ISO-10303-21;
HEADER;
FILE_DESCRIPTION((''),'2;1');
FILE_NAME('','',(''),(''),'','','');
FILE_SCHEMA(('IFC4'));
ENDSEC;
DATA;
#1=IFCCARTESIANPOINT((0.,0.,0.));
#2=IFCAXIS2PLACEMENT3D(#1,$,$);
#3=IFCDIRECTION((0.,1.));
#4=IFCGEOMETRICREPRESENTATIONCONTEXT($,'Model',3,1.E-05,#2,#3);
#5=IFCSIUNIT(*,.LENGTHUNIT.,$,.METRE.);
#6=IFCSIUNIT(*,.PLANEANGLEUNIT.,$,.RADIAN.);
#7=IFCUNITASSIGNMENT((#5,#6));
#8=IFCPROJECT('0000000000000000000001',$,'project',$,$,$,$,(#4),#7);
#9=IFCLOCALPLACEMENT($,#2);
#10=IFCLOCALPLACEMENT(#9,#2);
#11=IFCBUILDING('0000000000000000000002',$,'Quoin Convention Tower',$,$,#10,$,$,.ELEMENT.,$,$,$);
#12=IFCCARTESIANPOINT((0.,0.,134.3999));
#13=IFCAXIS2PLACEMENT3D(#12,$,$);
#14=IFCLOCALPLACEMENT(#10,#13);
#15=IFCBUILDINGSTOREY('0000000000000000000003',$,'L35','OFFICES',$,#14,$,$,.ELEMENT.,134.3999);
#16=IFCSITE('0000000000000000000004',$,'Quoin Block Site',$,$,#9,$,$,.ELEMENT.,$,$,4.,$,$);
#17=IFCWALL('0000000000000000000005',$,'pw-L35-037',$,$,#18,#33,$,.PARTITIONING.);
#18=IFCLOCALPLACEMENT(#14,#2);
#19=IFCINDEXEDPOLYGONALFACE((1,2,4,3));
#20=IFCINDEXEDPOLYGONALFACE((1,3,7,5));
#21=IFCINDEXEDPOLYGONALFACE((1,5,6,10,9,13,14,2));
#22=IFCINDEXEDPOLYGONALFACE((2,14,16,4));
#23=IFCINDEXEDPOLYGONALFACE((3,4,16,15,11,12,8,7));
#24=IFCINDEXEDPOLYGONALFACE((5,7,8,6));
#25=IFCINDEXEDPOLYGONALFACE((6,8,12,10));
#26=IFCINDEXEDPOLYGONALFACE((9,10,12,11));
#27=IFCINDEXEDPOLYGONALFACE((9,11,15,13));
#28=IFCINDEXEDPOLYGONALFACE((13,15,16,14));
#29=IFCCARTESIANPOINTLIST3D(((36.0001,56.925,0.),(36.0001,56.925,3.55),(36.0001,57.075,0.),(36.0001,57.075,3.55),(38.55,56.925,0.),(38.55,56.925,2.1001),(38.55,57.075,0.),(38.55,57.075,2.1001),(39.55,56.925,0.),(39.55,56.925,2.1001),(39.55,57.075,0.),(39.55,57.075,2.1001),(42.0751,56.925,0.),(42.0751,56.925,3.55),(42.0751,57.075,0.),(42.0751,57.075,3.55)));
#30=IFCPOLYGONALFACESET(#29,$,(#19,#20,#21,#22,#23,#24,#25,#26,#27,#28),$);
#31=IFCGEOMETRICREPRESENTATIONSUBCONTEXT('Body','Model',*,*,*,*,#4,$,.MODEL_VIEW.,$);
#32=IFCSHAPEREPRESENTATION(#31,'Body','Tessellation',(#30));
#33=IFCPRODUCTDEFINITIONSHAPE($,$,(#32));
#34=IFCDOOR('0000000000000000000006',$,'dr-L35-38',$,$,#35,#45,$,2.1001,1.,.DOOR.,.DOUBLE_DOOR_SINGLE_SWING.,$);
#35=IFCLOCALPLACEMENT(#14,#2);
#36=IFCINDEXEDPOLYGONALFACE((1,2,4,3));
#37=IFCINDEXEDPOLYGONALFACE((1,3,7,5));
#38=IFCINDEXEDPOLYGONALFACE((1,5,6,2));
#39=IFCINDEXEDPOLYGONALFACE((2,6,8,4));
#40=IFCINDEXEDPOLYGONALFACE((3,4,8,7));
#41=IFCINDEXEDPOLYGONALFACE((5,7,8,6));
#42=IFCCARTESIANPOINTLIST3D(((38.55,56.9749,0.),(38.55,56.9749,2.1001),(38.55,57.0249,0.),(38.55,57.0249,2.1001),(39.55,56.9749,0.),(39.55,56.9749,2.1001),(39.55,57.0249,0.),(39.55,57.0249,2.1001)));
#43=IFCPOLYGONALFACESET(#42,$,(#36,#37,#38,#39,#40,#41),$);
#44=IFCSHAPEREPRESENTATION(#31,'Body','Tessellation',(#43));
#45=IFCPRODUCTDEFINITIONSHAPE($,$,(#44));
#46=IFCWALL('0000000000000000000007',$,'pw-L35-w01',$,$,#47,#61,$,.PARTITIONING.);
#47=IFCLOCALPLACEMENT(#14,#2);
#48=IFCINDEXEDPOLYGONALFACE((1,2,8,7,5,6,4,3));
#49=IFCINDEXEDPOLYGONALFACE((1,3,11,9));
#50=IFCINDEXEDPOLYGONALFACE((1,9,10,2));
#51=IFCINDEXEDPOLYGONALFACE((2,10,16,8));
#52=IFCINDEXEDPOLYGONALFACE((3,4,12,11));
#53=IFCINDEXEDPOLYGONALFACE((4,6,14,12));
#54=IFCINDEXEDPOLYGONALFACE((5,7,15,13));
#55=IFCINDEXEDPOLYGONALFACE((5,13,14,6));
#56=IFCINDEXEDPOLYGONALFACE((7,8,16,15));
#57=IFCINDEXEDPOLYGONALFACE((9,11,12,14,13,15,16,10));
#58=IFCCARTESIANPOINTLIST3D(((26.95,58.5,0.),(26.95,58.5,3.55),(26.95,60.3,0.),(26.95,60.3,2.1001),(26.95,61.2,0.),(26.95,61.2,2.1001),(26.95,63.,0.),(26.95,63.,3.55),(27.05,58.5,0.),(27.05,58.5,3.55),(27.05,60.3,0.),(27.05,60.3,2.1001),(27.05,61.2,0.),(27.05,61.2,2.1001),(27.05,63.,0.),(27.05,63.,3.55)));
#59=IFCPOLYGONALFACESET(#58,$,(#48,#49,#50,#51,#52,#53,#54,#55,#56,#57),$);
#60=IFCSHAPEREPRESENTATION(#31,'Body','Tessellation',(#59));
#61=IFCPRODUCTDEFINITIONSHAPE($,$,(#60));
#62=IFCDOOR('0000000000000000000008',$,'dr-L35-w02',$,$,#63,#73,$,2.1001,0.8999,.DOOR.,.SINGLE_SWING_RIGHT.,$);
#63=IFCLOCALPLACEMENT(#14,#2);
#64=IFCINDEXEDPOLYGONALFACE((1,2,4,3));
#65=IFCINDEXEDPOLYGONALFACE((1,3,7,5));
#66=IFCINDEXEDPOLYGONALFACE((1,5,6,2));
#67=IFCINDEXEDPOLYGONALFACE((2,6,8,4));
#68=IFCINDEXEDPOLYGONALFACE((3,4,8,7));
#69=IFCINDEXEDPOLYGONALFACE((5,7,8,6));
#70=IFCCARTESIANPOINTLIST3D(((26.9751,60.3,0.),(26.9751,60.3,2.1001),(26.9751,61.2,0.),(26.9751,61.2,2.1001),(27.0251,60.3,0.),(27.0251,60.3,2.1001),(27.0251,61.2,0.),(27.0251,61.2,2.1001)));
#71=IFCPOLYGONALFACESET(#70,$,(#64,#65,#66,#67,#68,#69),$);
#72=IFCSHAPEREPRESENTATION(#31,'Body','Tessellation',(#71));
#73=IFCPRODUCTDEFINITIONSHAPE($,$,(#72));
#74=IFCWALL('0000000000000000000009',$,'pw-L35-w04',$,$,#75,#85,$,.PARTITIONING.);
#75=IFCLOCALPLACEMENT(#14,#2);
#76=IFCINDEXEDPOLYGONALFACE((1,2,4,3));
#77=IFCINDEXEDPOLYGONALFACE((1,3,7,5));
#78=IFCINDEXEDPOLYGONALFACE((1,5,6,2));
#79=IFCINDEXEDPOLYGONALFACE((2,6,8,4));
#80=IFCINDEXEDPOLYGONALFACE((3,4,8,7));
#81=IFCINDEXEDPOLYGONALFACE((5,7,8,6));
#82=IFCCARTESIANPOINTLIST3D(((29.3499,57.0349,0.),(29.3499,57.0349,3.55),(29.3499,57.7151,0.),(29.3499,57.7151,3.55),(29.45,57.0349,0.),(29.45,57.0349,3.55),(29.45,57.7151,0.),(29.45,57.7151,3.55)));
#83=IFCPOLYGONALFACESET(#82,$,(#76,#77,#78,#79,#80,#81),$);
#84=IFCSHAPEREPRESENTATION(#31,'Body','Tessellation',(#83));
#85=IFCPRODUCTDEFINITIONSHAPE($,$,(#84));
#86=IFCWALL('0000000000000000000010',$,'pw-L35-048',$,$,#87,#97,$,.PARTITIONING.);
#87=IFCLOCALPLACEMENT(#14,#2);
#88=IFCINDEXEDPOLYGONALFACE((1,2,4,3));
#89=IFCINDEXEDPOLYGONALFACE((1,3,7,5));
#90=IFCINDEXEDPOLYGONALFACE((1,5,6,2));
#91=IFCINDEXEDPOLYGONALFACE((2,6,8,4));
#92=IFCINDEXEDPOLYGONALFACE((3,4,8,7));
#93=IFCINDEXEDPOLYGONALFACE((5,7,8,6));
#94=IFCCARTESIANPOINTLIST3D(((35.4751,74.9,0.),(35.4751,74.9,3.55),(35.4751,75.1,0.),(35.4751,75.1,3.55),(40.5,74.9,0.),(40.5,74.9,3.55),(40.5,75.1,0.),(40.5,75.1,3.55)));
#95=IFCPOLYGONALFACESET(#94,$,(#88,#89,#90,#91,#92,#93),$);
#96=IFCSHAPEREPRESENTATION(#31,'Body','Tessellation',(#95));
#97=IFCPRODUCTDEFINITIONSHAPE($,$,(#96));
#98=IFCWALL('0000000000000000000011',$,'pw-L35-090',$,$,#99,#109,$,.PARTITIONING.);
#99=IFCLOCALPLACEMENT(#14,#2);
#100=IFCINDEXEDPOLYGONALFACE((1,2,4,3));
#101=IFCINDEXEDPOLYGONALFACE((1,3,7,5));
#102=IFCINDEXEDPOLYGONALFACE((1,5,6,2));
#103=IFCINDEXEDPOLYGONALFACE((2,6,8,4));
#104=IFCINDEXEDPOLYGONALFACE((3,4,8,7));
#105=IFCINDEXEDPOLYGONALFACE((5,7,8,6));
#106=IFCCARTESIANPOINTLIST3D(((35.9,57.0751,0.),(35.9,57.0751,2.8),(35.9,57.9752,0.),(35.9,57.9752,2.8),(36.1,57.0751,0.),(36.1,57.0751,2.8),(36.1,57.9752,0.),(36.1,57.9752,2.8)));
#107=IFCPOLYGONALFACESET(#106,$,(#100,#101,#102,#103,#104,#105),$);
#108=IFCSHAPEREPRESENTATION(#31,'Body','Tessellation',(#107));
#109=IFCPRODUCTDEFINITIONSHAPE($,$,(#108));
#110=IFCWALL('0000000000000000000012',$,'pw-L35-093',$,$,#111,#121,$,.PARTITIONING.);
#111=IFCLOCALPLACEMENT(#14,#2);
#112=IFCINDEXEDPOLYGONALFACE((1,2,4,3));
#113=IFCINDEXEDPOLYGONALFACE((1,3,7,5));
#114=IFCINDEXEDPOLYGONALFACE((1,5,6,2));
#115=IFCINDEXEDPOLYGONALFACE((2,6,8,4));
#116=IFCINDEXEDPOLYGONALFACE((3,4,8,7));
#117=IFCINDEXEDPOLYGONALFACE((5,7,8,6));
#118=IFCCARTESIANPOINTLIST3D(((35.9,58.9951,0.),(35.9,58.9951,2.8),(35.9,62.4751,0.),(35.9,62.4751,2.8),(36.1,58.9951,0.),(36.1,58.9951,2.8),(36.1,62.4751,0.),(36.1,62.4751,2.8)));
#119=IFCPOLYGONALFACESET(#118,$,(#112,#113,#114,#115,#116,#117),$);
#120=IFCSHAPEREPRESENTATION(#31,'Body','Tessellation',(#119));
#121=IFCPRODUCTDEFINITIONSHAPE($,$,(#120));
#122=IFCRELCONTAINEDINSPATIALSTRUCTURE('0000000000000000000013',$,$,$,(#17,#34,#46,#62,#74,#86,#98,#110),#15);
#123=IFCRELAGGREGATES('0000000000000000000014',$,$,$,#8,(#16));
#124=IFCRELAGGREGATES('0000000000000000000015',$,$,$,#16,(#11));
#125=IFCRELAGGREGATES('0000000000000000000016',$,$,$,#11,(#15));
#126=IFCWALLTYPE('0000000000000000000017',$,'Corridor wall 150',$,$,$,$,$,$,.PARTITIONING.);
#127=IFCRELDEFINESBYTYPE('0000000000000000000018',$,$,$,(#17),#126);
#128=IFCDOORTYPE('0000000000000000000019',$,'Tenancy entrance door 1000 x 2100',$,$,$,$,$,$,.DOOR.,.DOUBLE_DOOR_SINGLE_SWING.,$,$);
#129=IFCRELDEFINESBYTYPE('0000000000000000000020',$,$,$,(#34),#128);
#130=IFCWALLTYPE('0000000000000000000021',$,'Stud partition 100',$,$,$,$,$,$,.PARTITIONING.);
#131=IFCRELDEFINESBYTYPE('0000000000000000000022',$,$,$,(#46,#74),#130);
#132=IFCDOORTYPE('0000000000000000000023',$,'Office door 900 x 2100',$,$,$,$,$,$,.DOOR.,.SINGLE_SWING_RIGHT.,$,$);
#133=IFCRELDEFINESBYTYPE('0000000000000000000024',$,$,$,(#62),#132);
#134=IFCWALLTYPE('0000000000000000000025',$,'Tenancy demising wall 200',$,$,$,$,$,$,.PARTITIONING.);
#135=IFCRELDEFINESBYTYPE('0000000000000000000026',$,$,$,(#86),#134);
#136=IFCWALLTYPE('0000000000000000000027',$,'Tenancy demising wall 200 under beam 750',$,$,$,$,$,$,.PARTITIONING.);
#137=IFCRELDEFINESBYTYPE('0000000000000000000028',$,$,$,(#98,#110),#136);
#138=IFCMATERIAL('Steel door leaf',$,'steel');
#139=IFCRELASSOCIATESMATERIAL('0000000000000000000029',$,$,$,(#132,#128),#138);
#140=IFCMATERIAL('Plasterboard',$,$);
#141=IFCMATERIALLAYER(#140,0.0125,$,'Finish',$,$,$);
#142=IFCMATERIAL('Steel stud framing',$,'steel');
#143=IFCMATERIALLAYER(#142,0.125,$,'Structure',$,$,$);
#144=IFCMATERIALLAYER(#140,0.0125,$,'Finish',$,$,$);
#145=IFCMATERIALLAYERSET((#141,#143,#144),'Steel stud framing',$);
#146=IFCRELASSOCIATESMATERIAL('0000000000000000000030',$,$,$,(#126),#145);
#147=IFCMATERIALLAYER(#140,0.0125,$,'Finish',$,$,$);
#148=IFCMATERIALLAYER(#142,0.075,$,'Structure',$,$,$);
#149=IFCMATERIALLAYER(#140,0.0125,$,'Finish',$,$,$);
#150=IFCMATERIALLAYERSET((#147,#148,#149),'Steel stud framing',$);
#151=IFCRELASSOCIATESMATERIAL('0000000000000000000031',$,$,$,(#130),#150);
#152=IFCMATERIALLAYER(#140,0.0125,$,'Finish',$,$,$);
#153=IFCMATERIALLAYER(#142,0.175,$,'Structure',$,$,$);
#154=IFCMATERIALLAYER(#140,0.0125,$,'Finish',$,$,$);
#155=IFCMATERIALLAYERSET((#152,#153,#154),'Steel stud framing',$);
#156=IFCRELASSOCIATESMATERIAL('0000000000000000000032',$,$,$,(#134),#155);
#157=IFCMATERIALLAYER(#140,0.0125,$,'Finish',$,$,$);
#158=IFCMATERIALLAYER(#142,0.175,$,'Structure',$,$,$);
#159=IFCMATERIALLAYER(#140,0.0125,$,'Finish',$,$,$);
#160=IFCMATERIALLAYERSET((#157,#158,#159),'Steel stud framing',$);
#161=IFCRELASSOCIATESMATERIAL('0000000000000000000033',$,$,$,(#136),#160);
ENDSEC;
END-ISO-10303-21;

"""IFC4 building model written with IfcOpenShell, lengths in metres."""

from ifc_helpers import new_model, si_unit, direction, frame, frame_2d, origin, place, context, subcontext, project, spatial, rectangle, extrude, material, layer, layer_set, type_object, element, fill, save


model = new_model("IFC4")

# Units and contexts
model_context = context("Model", 3, precision=1e-05, world=origin(), true_north=direction((0.0, 1.0)))
body_context = subcontext(model_context, "Body", "Model", "MODEL_VIEW")
ifc_project = project(units=[si_unit("LENGTHUNIT", "METRE"), si_unit("PLANEANGLEUNIT", "RADIAN")], contexts=[model_context])

# Site, building, storey
site_placement = place(None, origin())
site = spatial("IfcSite", under=ifc_project, at=site_placement, Name="Quoin Block Site", CompositionType="ELEMENT", RefElevation=4.0)
building_placement = place(site_placement, origin())
building = spatial("IfcBuilding", under=site, at=building_placement, Name="Quoin Convention Tower", CompositionType="ELEMENT")
storey_placement = place(building_placement, frame((0.0, 0.0, 134.3999)))
storey = spatial("IfcBuildingStorey", under=building, at=storey_placement, Name="L35", Description="OFFICES", CompositionType="ELEMENT", Elevation=134.3999)

# Shared definitions
ifc_material_1 = material(Name="Plasterboard")
ifc_material_2 = material(Name="Steel stud framing", Category="steel")
ifc_material_3 = material(Name="Steel door leaf", Category="steel")
door_type_1 = type_object("IfcDoorType", Name="Office door 900 x 2100", OperationType="SINGLE_SWING_RIGHT", PredefinedType="DOOR", material=ifc_material_3)

# Walls, openings, doors
ifc_layer_1 = layer(ifc_material_1, 0.0125, Name="Finish")
ifc_layer_2 = layer(ifc_material_2, 0.125, Name="Structure")
ifc_layer_3 = layer(ifc_material_1, 0.0125, Name="Finish")
ifc_layer_set_1 = layer_set([ifc_layer_1, ifc_layer_2, ifc_layer_3], Name="Steel stud framing")
wall_type_1 = type_object("IfcWallType", Name="Corridor wall 150", PredefinedType="PARTITIONING", material=ifc_layer_set_1)
wall_1_placement = place(storey_placement, frame((36.0, 57.0, 0.0), z_axis=(0.0, 0.0, 1.0), x_axis=(1.0, 0.0, 0.0)))
wall_1 = element("IfcWall", 1, at=wall_1_placement, inside=storey, type_object=wall_type_1, Name="pw-L35-037", PredefinedType="PARTITIONING", context=body_context, shape_type="SweptSolid", body=[
    extrude(rectangle(XDim=6.075, YDim=0.1499, at=frame_2d((3.0376, 0.0))), origin(), (0.0, 0.0, 1.0), 3.55),
])
opening_1_placement = place(wall_1_placement, frame((2.55, 0.0, 0.0)))
opening_1 = element("IfcOpeningElement", 2, at=opening_1_placement, cuts=wall_1, PredefinedType="OPENING", context=body_context, shape_type="SweptSolid", body=[
    extrude(rectangle(XDim=1.0, YDim=2.1001, at=frame_2d((0.5, 1.05))), frame((0.0, 0.085, 0.0), z_axis=(0.0, -1.0, 0.0), x_axis=(1.0, 0.0, 0.0)), (0.0, 0.0, 1.0), 0.1699),
])
door_type_2 = type_object("IfcDoorType", Name="Tenancy entrance door 1000 x 2100", OperationType="DOUBLE_DOOR_SINGLE_SWING", PredefinedType="DOOR", material=ifc_material_3)
door_1_placement = place(opening_1_placement, origin())
door_1 = element("IfcDoor", 3, at=door_1_placement, inside=storey, type_object=door_type_2, Name="dr-L35-38", OperationType="DOUBLE_DOOR_SINGLE_SWING", OverallHeight=2.1001, OverallWidth=1.0, PredefinedType="DOOR", context=body_context, shape_type="SweptSolid", body=[
    extrude(rectangle(XDim=1.0, YDim=2.1001, at=frame_2d((0.5, 1.05))), frame((0.0, 0.0249, 0.0), z_axis=(0.0, -1.0, 0.0), x_axis=(1.0, 0.0, 0.0)), (0.0, 0.0, 1.0), 0.05),
])
fill(opening_1, door_1)
ifc_layer_4 = layer(ifc_material_1, 0.0125, Name="Finish")
ifc_layer_5 = layer(ifc_material_2, 0.075, Name="Structure")
ifc_layer_6 = layer(ifc_material_1, 0.0125, Name="Finish")
ifc_layer_set_2 = layer_set([ifc_layer_4, ifc_layer_5, ifc_layer_6], Name="Steel stud framing")
wall_type_2 = type_object("IfcWallType", Name="Stud partition 100", PredefinedType="PARTITIONING", material=ifc_layer_set_2)
wall_2_placement = place(storey_placement, frame((27.0, 63.0, 0.0), z_axis=(0.0, 0.0, 1.0), x_axis=(0.0, -1.0, 0.0)))
wall_2 = element("IfcWall", 4, at=wall_2_placement, inside=storey, type_object=wall_type_2, Name="pw-L35-w01", PredefinedType="PARTITIONING", context=body_context, shape_type="SweptSolid", body=[
    extrude(rectangle(XDim=4.5, YDim=0.1001, at=frame_2d((2.25, 0.0))), origin(), (0.0, 0.0, 1.0), 3.55),
])
opening_2_placement = place(wall_2_placement, frame((1.8, 0.0, 0.0)))
opening_2 = element("IfcOpeningElement", 5, at=opening_2_placement, cuts=wall_2, PredefinedType="OPENING", context=body_context, shape_type="SweptSolid", body=[
    extrude(rectangle(XDim=0.8999, YDim=2.1001, at=frame_2d((0.45, 1.05))), frame((0.0, 0.0601, 0.0), z_axis=(0.0, -1.0, 0.0), x_axis=(1.0, 0.0, 0.0)), (0.0, 0.0, 1.0), 0.1201),
])
door_2_placement = place(opening_2_placement, frame((0.8999, 0.0, 0.0), z_axis=(0.0, 0.0, 1.0), x_axis=(-1.0, 0.0, 0.0)))
door_2 = element("IfcDoor", 6, at=door_2_placement, inside=storey, type_object=door_type_1, Name="dr-L35-w02", OperationType="SINGLE_SWING_RIGHT", OverallHeight=2.1001, OverallWidth=0.8999, PredefinedType="DOOR", context=body_context, shape_type="SweptSolid", body=[
    extrude(rectangle(XDim=0.8999, YDim=2.1001, at=frame_2d((0.45, 1.05))), frame((0.0, 0.0249, 0.0), z_axis=(0.0, -1.0, 0.0), x_axis=(1.0, 0.0, 0.0)), (0.0, 0.0, 1.0), 0.05),
])
fill(opening_2, door_2)

# Walls
wall_3_placement = place(storey_placement, frame((29.3999, 57.7151, 0.0), z_axis=(0.0, 0.0, 1.0), x_axis=(0.0, -1.0, 0.0)))
element("IfcWall", 7, at=wall_3_placement, inside=storey, type_object=wall_type_2, Name="pw-L35-w04", PredefinedType="PARTITIONING", context=body_context, shape_type="SweptSolid", body=[
    extrude(rectangle(XDim=0.6802, YDim=0.1001, at=frame_2d((0.3401, 0.0))), origin(), (0.0, 0.0, 1.0), 3.55),
])
ifc_layer_7 = layer(ifc_material_1, 0.0125, Name="Finish")
ifc_layer_8 = layer(ifc_material_2, 0.175, Name="Structure")
ifc_layer_9 = layer(ifc_material_1, 0.0125, Name="Finish")
ifc_layer_set_3 = layer_set([ifc_layer_7, ifc_layer_8, ifc_layer_9], Name="Steel stud framing")
wall_type_3 = type_object("IfcWallType", Name="Tenancy demising wall 200", PredefinedType="PARTITIONING", material=ifc_layer_set_3)
wall_4_placement = place(storey_placement, frame((35.4751, 75.0, 0.0), z_axis=(0.0, 0.0, 1.0), x_axis=(1.0, 0.0, 0.0)))
element("IfcWall", 8, at=wall_4_placement, inside=storey, type_object=wall_type_3, Name="pw-L35-048", PredefinedType="PARTITIONING", context=body_context, shape_type="SweptSolid", body=[
    extrude(rectangle(XDim=5.0249, YDim=0.2, at=frame_2d((2.5125, 0.0))), origin(), (0.0, 0.0, 1.0), 3.55),
])
ifc_layer_10 = layer(ifc_material_1, 0.0125, Name="Finish")
ifc_layer_11 = layer(ifc_material_2, 0.175, Name="Structure")
ifc_layer_12 = layer(ifc_material_1, 0.0125, Name="Finish")
ifc_layer_set_4 = layer_set([ifc_layer_10, ifc_layer_11, ifc_layer_12], Name="Steel stud framing")
wall_type_4 = type_object("IfcWallType", Name="Tenancy demising wall 200 under beam 750", PredefinedType="PARTITIONING", material=ifc_layer_set_4)
wall_5_placement = place(storey_placement, frame((36.0, 57.075, 0.0), z_axis=(0.0, 0.0, 1.0), x_axis=(0.0, 1.0, 0.0)))
element("IfcWall", 9, at=wall_5_placement, inside=storey, type_object=wall_type_4, Name="pw-L35-090", PredefinedType="PARTITIONING", context=body_context, shape_type="SweptSolid", body=[
    extrude(rectangle(XDim=0.9001, YDim=0.2, at=frame_2d((0.4502, 0.0))), origin(), (0.0, 0.0, 1.0), 2.8),
])
wall_6_placement = place(storey_placement, frame((36.0, 58.9951, 0.0), z_axis=(0.0, 0.0, 1.0), x_axis=(0.0, 1.0, 0.0)))
element("IfcWall", 10, at=wall_6_placement, inside=storey, type_object=wall_type_4, Name="pw-L35-093", PredefinedType="PARTITIONING", context=body_context, shape_type="SweptSolid", body=[
    extrude(rectangle(XDim=3.48, YDim=0.2, at=frame_2d((1.74, 0.0))), origin(), (0.0, 0.0, 1.0), 2.8),
])

save(model, "model.ifc")
